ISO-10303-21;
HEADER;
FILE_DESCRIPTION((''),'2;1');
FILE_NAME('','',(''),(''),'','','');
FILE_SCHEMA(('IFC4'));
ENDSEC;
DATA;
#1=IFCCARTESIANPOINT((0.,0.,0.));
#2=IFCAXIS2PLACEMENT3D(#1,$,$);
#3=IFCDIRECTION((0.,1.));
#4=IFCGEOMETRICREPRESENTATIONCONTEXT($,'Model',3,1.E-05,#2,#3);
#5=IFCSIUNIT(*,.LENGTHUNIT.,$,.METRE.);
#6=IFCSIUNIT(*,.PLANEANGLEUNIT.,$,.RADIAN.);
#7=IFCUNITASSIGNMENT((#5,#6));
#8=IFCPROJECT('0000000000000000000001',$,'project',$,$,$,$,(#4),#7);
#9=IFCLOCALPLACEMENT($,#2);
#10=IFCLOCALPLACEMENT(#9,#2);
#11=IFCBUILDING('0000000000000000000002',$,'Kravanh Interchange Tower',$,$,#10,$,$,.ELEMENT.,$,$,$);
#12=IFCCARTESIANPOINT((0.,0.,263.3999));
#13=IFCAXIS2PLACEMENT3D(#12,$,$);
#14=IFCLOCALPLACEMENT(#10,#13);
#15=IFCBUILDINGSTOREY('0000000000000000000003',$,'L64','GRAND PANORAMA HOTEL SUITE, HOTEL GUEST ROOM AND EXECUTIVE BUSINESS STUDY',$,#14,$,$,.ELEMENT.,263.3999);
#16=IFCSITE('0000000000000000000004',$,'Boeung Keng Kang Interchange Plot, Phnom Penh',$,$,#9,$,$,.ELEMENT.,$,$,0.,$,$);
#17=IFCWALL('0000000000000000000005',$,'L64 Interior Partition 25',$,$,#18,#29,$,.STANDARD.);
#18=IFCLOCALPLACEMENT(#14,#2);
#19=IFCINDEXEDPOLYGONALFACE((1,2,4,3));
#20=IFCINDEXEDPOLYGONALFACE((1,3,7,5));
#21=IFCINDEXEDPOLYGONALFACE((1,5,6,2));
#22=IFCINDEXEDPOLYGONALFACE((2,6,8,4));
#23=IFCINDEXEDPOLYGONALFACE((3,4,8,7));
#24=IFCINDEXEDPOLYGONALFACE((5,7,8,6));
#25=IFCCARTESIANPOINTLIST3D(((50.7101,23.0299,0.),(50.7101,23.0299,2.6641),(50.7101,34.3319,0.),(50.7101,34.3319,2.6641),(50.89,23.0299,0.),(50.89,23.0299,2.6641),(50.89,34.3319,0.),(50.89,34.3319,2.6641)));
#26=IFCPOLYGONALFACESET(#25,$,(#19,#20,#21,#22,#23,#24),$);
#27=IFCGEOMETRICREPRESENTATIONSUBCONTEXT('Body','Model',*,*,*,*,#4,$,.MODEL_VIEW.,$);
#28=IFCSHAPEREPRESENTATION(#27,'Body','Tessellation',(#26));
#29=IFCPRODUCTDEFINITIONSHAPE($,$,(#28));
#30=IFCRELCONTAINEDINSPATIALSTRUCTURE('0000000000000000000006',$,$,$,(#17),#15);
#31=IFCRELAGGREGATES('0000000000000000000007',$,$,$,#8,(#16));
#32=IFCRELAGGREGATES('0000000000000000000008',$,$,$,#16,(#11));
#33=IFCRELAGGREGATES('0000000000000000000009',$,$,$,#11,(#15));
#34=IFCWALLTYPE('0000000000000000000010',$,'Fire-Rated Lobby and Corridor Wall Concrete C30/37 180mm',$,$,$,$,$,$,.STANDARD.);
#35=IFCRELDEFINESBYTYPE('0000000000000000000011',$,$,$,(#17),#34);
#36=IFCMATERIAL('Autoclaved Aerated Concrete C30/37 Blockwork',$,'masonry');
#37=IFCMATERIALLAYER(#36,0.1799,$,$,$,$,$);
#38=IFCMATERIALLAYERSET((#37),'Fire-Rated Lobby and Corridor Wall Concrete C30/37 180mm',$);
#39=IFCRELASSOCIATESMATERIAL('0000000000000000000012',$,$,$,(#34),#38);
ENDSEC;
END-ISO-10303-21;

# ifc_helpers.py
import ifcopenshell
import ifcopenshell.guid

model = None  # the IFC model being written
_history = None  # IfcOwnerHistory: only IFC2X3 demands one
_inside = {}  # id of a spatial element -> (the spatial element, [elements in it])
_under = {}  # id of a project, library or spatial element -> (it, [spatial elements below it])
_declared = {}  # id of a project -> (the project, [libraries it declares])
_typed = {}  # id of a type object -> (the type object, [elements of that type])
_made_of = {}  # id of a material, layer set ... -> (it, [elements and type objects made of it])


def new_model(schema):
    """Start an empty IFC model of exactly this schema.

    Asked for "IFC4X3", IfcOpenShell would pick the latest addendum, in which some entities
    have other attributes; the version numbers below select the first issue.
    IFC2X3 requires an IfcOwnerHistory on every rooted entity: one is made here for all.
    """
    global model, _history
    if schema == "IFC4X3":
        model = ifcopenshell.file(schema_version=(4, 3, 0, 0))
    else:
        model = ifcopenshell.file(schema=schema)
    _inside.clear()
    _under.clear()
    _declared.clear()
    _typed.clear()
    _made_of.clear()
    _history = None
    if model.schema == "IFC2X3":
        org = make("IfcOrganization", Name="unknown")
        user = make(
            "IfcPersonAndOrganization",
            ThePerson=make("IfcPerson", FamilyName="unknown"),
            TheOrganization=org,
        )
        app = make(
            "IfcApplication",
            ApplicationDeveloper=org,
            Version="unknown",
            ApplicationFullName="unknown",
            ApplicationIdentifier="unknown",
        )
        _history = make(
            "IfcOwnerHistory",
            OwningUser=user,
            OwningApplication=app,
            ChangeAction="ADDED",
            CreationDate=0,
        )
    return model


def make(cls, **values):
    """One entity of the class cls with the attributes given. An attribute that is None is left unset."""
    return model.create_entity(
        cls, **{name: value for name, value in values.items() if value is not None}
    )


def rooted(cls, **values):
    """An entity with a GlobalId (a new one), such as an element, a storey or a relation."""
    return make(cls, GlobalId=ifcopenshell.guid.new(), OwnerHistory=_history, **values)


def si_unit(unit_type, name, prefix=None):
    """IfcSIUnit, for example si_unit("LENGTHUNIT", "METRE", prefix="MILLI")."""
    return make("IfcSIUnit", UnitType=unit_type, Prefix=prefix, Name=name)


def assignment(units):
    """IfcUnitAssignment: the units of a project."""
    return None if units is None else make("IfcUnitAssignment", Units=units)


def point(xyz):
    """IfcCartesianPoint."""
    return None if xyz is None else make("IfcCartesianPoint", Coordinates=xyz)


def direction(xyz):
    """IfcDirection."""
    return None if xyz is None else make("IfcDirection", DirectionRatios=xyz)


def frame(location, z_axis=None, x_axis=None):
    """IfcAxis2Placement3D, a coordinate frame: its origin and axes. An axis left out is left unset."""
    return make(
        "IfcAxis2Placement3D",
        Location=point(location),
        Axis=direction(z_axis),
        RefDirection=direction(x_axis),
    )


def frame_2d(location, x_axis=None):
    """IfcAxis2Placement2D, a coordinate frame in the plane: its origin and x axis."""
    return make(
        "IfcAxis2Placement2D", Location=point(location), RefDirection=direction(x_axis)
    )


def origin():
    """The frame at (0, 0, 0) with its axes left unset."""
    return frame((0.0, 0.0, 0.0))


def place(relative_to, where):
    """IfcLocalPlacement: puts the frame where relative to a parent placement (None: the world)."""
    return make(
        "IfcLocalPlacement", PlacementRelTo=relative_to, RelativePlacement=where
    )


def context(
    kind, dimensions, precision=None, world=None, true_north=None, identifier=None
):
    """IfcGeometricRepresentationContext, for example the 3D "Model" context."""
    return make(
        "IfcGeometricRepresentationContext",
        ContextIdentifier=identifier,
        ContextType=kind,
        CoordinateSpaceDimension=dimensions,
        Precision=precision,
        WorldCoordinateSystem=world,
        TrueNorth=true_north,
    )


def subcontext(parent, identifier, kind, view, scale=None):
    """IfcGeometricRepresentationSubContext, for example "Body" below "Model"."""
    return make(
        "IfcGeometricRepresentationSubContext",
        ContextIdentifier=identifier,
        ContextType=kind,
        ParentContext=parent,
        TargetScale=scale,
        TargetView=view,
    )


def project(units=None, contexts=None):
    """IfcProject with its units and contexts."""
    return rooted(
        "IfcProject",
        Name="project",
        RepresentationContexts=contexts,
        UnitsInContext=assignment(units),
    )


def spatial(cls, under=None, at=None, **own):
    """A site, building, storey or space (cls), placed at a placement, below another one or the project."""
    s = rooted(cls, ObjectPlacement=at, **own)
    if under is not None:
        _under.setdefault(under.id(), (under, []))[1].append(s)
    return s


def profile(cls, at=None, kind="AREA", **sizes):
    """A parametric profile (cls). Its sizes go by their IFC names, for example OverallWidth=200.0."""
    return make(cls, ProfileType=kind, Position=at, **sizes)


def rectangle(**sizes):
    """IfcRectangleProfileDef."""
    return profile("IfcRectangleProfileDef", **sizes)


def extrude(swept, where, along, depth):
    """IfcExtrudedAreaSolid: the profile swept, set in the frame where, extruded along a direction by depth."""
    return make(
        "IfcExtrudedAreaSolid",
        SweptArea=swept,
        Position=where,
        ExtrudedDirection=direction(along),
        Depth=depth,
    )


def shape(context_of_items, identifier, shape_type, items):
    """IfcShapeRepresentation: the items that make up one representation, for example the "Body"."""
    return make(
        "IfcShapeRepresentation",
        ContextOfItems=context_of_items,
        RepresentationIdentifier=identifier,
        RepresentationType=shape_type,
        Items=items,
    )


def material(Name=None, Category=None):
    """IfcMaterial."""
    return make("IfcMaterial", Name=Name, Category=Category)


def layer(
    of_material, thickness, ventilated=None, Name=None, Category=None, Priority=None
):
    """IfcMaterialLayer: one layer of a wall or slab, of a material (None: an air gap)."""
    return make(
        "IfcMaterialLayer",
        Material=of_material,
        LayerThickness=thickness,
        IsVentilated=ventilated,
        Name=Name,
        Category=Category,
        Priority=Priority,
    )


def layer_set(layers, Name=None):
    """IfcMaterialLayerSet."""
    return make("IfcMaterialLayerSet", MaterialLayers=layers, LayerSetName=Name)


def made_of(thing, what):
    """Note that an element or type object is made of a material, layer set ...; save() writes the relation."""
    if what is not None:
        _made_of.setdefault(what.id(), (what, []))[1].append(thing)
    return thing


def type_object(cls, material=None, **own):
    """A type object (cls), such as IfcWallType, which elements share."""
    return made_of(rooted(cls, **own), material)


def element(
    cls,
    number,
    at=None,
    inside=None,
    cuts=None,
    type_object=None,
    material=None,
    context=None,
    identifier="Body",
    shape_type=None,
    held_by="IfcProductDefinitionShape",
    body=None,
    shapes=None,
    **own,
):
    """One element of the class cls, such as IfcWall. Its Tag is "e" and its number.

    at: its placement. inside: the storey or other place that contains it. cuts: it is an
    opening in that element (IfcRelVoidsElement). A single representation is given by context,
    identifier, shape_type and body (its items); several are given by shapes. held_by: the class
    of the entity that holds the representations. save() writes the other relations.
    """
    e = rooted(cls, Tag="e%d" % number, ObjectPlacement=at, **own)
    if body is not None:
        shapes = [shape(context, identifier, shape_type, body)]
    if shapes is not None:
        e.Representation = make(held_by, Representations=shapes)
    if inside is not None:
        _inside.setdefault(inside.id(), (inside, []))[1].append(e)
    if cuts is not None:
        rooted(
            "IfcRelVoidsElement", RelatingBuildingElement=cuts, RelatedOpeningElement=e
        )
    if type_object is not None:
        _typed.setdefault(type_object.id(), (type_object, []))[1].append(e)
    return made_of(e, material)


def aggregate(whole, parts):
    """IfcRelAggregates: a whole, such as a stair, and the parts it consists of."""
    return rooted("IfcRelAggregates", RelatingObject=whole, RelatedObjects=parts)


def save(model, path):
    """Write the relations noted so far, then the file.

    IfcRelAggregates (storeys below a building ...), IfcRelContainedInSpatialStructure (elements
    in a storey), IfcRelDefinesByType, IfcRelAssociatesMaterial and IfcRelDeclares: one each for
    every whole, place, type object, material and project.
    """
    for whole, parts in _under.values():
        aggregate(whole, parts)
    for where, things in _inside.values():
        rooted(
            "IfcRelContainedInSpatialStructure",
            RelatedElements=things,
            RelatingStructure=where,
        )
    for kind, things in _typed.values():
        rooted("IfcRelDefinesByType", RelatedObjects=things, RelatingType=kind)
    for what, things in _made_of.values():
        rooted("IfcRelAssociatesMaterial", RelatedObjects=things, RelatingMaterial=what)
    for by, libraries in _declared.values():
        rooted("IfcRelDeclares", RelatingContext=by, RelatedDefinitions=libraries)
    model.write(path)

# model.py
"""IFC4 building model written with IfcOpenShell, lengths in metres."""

from ifc_helpers import new_model, si_unit, direction, frame, frame_2d, origin, place, context, subcontext, project, spatial, rectangle, extrude, material, layer, layer_set, type_object, element, save


model = new_model("IFC4")

# Units and contexts
model_context = context("Model", 3, precision=1e-05, world=origin(), true_north=direction((0.0, 1.0)))
body_context = subcontext(model_context, "Body", "Model", "MODEL_VIEW")
ifc_project = project(units=[si_unit("LENGTHUNIT", "METRE"), si_unit("PLANEANGLEUNIT", "RADIAN")], contexts=[model_context])

# Site, building, storey
site_placement = place(None, origin())
site = spatial("IfcSite", under=ifc_project, at=site_placement, Name="Boeung Keng Kang Interchange Plot, Phnom Penh", CompositionType="ELEMENT", RefElevation=0.0)
building_placement = place(site_placement, origin())
building = spatial("IfcBuilding", under=site, at=building_placement, Name="Kravanh Interchange Tower", CompositionType="ELEMENT")
storey_placement = place(building_placement, frame((0.0, 0.0, 263.3999)))
storey = spatial("IfcBuildingStorey", under=building, at=storey_placement, Name="L64", Description="GRAND PANORAMA HOTEL SUITE, HOTEL GUEST ROOM AND EXECUTIVE BUSINESS STUDY", CompositionType="ELEMENT", Elevation=263.3999)

# Shared definitions
ifc_material_1 = material(Name="Autoclaved Aerated Concrete C30/37 Blockwork", Category="masonry")
ifc_layer_1 = layer(ifc_material_1, 0.1799)
ifc_layer_set_1 = layer_set([ifc_layer_1], Name="Fire-Rated Lobby and Corridor Wall Concrete C30/37 180mm")
wall_type_1 = type_object("IfcWallType", Name="Fire-Rated Lobby and Corridor Wall Concrete C30/37 180mm", PredefinedType="STANDARD", material=ifc_layer_set_1)

# Wall
wall_1_placement = place(storey_placement, frame((50.8, 23.03, 0.0), z_axis=(0.0, 0.0, 1.0), x_axis=(0.0, 1.0, 0.0)))
element("IfcWall", 1, at=wall_1_placement, inside=storey, type_object=wall_type_1, Name="L64 Interior Partition 25", PredefinedType="STANDARD", context=body_context, shape_type="SweptSolid", body=[
    extrude(rectangle(XDim=11.302, YDim=0.1799, at=frame_2d((5.6509, 0.0))), origin(), (0.0, 0.0, 1.0), 2.6641),
])

save(model, "model.ifc")
